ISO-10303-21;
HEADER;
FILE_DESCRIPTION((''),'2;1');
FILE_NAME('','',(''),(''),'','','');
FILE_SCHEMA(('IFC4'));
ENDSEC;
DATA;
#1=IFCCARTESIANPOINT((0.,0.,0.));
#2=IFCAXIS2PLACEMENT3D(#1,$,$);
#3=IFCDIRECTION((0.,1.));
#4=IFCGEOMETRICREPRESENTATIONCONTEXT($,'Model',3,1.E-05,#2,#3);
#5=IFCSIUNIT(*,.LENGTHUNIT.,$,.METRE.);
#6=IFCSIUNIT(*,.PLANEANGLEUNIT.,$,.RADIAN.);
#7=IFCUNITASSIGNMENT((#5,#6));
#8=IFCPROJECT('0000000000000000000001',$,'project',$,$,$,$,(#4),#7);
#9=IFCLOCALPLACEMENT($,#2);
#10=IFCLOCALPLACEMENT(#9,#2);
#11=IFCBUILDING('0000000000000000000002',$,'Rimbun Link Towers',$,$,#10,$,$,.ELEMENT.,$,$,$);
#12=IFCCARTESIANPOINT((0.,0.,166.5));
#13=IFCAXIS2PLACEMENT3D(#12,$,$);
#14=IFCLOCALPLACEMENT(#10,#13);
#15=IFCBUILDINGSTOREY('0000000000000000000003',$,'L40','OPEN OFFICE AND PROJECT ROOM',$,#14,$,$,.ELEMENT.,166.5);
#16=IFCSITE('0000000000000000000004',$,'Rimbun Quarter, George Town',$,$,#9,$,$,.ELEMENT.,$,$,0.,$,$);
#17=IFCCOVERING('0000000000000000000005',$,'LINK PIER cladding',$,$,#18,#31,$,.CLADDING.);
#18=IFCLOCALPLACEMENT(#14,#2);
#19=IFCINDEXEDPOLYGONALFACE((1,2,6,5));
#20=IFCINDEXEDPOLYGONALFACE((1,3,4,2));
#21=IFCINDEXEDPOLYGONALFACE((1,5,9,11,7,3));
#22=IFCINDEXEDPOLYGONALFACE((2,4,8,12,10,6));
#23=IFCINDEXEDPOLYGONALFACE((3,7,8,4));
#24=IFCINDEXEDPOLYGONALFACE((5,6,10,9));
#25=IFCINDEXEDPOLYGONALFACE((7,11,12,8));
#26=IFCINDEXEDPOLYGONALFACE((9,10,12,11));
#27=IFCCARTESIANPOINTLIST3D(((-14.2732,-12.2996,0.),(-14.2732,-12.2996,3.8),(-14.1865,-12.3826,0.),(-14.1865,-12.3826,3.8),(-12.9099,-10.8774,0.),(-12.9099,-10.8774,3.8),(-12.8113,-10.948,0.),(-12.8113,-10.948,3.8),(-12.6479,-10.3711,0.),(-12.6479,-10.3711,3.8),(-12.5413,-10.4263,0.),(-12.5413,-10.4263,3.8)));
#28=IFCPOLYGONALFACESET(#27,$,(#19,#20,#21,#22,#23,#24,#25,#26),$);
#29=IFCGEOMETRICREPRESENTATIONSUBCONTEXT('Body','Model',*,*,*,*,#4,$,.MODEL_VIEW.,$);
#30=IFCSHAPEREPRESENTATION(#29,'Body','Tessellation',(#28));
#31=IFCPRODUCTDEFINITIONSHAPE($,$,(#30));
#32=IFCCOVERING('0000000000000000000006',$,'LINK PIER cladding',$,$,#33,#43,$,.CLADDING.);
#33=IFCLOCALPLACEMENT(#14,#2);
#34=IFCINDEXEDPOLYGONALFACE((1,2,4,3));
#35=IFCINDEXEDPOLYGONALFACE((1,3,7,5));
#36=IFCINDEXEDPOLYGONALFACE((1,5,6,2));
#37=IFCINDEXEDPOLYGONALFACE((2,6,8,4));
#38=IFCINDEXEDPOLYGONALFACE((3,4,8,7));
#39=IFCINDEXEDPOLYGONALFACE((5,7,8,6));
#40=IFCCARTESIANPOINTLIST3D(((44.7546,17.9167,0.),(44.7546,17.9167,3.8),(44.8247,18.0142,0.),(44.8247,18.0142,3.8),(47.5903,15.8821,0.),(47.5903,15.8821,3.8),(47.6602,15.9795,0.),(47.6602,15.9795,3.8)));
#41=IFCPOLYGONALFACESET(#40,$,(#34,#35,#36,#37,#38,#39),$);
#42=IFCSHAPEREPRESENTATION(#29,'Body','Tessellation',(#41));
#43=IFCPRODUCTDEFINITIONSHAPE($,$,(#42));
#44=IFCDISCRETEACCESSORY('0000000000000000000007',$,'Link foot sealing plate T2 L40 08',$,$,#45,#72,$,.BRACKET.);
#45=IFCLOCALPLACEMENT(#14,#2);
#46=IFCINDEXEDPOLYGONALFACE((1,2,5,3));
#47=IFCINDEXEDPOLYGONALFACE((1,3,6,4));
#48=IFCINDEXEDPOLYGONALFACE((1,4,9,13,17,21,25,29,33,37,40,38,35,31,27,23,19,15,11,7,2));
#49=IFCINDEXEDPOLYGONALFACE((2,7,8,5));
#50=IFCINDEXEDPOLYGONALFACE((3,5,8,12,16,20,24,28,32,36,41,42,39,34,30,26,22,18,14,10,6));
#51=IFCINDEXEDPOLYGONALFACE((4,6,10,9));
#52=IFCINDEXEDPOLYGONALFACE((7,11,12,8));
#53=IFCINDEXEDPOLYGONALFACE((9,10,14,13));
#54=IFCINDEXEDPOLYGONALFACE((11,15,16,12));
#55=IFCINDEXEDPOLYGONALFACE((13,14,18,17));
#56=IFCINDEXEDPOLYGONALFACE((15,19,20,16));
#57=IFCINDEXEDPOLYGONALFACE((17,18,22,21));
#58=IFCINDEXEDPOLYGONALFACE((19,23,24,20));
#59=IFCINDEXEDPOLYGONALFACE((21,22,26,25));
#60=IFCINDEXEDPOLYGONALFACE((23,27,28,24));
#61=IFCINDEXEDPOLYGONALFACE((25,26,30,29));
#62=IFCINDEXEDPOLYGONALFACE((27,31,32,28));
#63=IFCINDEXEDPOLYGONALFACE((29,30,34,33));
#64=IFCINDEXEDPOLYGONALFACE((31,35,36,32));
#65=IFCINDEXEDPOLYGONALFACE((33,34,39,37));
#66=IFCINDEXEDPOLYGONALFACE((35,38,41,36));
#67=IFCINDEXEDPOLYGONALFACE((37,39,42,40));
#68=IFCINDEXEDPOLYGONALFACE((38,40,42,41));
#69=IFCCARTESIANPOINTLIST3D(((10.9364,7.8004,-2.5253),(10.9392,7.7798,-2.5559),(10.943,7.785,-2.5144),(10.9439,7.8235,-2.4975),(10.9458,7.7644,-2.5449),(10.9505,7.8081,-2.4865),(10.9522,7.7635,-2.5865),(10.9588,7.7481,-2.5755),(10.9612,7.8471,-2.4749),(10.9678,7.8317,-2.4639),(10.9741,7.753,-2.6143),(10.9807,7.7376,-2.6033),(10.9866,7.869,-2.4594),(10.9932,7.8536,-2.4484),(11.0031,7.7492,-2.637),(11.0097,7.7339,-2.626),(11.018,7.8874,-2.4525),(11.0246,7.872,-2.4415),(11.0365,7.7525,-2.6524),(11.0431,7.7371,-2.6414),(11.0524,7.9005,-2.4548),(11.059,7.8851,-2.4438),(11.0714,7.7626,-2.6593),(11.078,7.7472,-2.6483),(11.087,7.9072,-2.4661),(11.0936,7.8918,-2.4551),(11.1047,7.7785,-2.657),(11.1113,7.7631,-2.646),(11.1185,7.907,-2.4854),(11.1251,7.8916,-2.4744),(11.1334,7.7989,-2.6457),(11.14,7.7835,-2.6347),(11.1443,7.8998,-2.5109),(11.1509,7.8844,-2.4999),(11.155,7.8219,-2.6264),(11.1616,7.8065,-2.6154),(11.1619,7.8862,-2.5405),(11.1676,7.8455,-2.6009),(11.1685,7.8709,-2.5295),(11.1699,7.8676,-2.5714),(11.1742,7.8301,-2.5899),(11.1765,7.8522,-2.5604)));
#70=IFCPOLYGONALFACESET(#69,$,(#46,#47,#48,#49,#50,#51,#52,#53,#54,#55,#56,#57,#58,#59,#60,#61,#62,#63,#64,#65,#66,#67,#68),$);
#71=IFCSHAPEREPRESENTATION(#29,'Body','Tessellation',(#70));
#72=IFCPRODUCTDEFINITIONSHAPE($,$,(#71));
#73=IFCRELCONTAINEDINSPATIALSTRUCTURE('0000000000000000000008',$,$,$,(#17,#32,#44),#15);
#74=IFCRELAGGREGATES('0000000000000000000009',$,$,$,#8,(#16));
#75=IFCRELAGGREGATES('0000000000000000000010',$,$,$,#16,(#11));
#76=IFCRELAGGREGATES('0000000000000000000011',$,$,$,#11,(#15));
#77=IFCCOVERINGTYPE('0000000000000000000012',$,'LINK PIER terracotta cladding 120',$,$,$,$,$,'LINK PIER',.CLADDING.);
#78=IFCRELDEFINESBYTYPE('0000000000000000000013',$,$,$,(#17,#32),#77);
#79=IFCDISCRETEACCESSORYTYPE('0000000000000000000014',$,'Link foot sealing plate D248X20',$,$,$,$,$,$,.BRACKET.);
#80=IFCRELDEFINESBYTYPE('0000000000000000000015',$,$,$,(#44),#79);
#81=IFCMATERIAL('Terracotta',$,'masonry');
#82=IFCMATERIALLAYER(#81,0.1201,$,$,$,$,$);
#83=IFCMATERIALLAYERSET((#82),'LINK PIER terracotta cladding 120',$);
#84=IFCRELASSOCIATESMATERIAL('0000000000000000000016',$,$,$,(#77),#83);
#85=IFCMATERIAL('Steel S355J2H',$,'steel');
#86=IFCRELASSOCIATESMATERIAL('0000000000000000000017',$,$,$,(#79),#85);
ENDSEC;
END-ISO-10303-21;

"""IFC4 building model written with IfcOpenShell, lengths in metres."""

from ifc_helpers import new_model, si_unit, direction, frame, origin, origin_2d, place, context, subcontext, project, spatial, polyline, circle, outline, extrude, material, layer, layer_set, material_profile, profile_set, type_object, element, save


model = new_model("IFC4")

# Units and contexts
model_context = context("Model", 3, precision=1e-05, world=origin(), true_north=direction((0.0, 1.0)))
body_context = subcontext(model_context, "Body", "Model", "MODEL_VIEW")
ifc_project = project(units=[si_unit("LENGTHUNIT", "METRE"), si_unit("PLANEANGLEUNIT", "RADIAN")], contexts=[model_context])

# Site, building, storey
site_placement = place(None, origin())
site = spatial("IfcSite", under=ifc_project, at=site_placement, Name="Rimbun Quarter, George Town", CompositionType="ELEMENT", RefElevation=0.0)
building_placement = place(site_placement, origin())
building = spatial("IfcBuilding", under=site, at=building_placement, Name="Rimbun Link Towers", CompositionType="ELEMENT")
storey_placement = place(building_placement, frame((0.0, 0.0, 166.5)))
storey = spatial("IfcBuildingStorey", under=building, at=storey_placement, Name="L40", Description="OPEN OFFICE AND PROJECT ROOM", CompositionType="ELEMENT", Elevation=166.5)

# Coverings
ifc_material_1 = material(Name="Terracotta", Category="masonry")
ifc_layer_1 = layer(ifc_material_1, 0.1201)
ifc_layer_set_1 = layer_set([ifc_layer_1], Name="LINK PIER terracotta cladding 120")
covering_type_1 = type_object("IfcCoveringType", Name="LINK PIER terracotta cladding 120", ElementType="LINK PIER", PredefinedType="CLADDING", material=ifc_layer_set_1)
covering_1_placement = place(storey_placement, origin())
element("IfcCovering", 1, at=covering_1_placement, inside=storey, type_object=covering_type_1, Name="LINK PIER cladding", PredefinedType="CLADDING", context=body_context, shape_type="SweptSolid", body=[
    extrude(outline(polyline([(-12.6479, -10.3711), (-12.9099, -10.8774), (-14.2732, -12.2996), (-14.1865, -12.3826), (-12.8113, -10.948), (-12.5413, -10.4263), (-12.6479, -10.3711)])), origin(), (0.0, 0.0, 1.0), 3.8),
])
covering_2_placement = place(storey_placement, origin())
element("IfcCovering", 2, at=covering_2_placement, inside=storey, type_object=covering_type_1, Name="LINK PIER cladding", PredefinedType="CLADDING", context=body_context, shape_type="SweptSolid", body=[
    extrude(outline(polyline([(44.7546, 17.9167), (47.5903, 15.8821), (47.6602, 15.9795), (44.8247, 18.0142), (44.7546, 17.9167)])), origin(), (0.0, 0.0, 1.0), 3.8),
])

# Discrete accessory
ifc_material_2 = material(Name="Steel S355J2H", Category="steel")
ifc_material_profile_1 = material_profile(ifc_material_2, circle(Radius=0.124, at=origin_2d()), Name="PL D248")
ifc_profile_set_1 = profile_set([ifc_material_profile_1], Name="Steel S355J2H")
discrete_accessory_type = type_object("IfcDiscreteAccessoryType", Name="Link foot sealing plate D248X20", PredefinedType="BRACKET", material=ifc_profile_set_1)
discrete_accessory_placement = place(storey_placement, frame((11.0598, 7.8132, -2.5449), z_axis=(-0.329293, 0.76835, -0.548821), x_axis=(-0.919145, -0.393919, 0.0)))
element("IfcDiscreteAccessory", 3, at=discrete_accessory_placement, inside=storey, type_object=discrete_accessory_type, Name="Link foot sealing plate T2 L40 08", PredefinedType="BRACKET", context=body_context, shape_type="SweptSolid", body=[
    extrude(circle(Radius=0.124, at=origin_2d()), origin(), (0.0, 0.0, 1.0), 0.02),
])

save(model, "model.ifc")
